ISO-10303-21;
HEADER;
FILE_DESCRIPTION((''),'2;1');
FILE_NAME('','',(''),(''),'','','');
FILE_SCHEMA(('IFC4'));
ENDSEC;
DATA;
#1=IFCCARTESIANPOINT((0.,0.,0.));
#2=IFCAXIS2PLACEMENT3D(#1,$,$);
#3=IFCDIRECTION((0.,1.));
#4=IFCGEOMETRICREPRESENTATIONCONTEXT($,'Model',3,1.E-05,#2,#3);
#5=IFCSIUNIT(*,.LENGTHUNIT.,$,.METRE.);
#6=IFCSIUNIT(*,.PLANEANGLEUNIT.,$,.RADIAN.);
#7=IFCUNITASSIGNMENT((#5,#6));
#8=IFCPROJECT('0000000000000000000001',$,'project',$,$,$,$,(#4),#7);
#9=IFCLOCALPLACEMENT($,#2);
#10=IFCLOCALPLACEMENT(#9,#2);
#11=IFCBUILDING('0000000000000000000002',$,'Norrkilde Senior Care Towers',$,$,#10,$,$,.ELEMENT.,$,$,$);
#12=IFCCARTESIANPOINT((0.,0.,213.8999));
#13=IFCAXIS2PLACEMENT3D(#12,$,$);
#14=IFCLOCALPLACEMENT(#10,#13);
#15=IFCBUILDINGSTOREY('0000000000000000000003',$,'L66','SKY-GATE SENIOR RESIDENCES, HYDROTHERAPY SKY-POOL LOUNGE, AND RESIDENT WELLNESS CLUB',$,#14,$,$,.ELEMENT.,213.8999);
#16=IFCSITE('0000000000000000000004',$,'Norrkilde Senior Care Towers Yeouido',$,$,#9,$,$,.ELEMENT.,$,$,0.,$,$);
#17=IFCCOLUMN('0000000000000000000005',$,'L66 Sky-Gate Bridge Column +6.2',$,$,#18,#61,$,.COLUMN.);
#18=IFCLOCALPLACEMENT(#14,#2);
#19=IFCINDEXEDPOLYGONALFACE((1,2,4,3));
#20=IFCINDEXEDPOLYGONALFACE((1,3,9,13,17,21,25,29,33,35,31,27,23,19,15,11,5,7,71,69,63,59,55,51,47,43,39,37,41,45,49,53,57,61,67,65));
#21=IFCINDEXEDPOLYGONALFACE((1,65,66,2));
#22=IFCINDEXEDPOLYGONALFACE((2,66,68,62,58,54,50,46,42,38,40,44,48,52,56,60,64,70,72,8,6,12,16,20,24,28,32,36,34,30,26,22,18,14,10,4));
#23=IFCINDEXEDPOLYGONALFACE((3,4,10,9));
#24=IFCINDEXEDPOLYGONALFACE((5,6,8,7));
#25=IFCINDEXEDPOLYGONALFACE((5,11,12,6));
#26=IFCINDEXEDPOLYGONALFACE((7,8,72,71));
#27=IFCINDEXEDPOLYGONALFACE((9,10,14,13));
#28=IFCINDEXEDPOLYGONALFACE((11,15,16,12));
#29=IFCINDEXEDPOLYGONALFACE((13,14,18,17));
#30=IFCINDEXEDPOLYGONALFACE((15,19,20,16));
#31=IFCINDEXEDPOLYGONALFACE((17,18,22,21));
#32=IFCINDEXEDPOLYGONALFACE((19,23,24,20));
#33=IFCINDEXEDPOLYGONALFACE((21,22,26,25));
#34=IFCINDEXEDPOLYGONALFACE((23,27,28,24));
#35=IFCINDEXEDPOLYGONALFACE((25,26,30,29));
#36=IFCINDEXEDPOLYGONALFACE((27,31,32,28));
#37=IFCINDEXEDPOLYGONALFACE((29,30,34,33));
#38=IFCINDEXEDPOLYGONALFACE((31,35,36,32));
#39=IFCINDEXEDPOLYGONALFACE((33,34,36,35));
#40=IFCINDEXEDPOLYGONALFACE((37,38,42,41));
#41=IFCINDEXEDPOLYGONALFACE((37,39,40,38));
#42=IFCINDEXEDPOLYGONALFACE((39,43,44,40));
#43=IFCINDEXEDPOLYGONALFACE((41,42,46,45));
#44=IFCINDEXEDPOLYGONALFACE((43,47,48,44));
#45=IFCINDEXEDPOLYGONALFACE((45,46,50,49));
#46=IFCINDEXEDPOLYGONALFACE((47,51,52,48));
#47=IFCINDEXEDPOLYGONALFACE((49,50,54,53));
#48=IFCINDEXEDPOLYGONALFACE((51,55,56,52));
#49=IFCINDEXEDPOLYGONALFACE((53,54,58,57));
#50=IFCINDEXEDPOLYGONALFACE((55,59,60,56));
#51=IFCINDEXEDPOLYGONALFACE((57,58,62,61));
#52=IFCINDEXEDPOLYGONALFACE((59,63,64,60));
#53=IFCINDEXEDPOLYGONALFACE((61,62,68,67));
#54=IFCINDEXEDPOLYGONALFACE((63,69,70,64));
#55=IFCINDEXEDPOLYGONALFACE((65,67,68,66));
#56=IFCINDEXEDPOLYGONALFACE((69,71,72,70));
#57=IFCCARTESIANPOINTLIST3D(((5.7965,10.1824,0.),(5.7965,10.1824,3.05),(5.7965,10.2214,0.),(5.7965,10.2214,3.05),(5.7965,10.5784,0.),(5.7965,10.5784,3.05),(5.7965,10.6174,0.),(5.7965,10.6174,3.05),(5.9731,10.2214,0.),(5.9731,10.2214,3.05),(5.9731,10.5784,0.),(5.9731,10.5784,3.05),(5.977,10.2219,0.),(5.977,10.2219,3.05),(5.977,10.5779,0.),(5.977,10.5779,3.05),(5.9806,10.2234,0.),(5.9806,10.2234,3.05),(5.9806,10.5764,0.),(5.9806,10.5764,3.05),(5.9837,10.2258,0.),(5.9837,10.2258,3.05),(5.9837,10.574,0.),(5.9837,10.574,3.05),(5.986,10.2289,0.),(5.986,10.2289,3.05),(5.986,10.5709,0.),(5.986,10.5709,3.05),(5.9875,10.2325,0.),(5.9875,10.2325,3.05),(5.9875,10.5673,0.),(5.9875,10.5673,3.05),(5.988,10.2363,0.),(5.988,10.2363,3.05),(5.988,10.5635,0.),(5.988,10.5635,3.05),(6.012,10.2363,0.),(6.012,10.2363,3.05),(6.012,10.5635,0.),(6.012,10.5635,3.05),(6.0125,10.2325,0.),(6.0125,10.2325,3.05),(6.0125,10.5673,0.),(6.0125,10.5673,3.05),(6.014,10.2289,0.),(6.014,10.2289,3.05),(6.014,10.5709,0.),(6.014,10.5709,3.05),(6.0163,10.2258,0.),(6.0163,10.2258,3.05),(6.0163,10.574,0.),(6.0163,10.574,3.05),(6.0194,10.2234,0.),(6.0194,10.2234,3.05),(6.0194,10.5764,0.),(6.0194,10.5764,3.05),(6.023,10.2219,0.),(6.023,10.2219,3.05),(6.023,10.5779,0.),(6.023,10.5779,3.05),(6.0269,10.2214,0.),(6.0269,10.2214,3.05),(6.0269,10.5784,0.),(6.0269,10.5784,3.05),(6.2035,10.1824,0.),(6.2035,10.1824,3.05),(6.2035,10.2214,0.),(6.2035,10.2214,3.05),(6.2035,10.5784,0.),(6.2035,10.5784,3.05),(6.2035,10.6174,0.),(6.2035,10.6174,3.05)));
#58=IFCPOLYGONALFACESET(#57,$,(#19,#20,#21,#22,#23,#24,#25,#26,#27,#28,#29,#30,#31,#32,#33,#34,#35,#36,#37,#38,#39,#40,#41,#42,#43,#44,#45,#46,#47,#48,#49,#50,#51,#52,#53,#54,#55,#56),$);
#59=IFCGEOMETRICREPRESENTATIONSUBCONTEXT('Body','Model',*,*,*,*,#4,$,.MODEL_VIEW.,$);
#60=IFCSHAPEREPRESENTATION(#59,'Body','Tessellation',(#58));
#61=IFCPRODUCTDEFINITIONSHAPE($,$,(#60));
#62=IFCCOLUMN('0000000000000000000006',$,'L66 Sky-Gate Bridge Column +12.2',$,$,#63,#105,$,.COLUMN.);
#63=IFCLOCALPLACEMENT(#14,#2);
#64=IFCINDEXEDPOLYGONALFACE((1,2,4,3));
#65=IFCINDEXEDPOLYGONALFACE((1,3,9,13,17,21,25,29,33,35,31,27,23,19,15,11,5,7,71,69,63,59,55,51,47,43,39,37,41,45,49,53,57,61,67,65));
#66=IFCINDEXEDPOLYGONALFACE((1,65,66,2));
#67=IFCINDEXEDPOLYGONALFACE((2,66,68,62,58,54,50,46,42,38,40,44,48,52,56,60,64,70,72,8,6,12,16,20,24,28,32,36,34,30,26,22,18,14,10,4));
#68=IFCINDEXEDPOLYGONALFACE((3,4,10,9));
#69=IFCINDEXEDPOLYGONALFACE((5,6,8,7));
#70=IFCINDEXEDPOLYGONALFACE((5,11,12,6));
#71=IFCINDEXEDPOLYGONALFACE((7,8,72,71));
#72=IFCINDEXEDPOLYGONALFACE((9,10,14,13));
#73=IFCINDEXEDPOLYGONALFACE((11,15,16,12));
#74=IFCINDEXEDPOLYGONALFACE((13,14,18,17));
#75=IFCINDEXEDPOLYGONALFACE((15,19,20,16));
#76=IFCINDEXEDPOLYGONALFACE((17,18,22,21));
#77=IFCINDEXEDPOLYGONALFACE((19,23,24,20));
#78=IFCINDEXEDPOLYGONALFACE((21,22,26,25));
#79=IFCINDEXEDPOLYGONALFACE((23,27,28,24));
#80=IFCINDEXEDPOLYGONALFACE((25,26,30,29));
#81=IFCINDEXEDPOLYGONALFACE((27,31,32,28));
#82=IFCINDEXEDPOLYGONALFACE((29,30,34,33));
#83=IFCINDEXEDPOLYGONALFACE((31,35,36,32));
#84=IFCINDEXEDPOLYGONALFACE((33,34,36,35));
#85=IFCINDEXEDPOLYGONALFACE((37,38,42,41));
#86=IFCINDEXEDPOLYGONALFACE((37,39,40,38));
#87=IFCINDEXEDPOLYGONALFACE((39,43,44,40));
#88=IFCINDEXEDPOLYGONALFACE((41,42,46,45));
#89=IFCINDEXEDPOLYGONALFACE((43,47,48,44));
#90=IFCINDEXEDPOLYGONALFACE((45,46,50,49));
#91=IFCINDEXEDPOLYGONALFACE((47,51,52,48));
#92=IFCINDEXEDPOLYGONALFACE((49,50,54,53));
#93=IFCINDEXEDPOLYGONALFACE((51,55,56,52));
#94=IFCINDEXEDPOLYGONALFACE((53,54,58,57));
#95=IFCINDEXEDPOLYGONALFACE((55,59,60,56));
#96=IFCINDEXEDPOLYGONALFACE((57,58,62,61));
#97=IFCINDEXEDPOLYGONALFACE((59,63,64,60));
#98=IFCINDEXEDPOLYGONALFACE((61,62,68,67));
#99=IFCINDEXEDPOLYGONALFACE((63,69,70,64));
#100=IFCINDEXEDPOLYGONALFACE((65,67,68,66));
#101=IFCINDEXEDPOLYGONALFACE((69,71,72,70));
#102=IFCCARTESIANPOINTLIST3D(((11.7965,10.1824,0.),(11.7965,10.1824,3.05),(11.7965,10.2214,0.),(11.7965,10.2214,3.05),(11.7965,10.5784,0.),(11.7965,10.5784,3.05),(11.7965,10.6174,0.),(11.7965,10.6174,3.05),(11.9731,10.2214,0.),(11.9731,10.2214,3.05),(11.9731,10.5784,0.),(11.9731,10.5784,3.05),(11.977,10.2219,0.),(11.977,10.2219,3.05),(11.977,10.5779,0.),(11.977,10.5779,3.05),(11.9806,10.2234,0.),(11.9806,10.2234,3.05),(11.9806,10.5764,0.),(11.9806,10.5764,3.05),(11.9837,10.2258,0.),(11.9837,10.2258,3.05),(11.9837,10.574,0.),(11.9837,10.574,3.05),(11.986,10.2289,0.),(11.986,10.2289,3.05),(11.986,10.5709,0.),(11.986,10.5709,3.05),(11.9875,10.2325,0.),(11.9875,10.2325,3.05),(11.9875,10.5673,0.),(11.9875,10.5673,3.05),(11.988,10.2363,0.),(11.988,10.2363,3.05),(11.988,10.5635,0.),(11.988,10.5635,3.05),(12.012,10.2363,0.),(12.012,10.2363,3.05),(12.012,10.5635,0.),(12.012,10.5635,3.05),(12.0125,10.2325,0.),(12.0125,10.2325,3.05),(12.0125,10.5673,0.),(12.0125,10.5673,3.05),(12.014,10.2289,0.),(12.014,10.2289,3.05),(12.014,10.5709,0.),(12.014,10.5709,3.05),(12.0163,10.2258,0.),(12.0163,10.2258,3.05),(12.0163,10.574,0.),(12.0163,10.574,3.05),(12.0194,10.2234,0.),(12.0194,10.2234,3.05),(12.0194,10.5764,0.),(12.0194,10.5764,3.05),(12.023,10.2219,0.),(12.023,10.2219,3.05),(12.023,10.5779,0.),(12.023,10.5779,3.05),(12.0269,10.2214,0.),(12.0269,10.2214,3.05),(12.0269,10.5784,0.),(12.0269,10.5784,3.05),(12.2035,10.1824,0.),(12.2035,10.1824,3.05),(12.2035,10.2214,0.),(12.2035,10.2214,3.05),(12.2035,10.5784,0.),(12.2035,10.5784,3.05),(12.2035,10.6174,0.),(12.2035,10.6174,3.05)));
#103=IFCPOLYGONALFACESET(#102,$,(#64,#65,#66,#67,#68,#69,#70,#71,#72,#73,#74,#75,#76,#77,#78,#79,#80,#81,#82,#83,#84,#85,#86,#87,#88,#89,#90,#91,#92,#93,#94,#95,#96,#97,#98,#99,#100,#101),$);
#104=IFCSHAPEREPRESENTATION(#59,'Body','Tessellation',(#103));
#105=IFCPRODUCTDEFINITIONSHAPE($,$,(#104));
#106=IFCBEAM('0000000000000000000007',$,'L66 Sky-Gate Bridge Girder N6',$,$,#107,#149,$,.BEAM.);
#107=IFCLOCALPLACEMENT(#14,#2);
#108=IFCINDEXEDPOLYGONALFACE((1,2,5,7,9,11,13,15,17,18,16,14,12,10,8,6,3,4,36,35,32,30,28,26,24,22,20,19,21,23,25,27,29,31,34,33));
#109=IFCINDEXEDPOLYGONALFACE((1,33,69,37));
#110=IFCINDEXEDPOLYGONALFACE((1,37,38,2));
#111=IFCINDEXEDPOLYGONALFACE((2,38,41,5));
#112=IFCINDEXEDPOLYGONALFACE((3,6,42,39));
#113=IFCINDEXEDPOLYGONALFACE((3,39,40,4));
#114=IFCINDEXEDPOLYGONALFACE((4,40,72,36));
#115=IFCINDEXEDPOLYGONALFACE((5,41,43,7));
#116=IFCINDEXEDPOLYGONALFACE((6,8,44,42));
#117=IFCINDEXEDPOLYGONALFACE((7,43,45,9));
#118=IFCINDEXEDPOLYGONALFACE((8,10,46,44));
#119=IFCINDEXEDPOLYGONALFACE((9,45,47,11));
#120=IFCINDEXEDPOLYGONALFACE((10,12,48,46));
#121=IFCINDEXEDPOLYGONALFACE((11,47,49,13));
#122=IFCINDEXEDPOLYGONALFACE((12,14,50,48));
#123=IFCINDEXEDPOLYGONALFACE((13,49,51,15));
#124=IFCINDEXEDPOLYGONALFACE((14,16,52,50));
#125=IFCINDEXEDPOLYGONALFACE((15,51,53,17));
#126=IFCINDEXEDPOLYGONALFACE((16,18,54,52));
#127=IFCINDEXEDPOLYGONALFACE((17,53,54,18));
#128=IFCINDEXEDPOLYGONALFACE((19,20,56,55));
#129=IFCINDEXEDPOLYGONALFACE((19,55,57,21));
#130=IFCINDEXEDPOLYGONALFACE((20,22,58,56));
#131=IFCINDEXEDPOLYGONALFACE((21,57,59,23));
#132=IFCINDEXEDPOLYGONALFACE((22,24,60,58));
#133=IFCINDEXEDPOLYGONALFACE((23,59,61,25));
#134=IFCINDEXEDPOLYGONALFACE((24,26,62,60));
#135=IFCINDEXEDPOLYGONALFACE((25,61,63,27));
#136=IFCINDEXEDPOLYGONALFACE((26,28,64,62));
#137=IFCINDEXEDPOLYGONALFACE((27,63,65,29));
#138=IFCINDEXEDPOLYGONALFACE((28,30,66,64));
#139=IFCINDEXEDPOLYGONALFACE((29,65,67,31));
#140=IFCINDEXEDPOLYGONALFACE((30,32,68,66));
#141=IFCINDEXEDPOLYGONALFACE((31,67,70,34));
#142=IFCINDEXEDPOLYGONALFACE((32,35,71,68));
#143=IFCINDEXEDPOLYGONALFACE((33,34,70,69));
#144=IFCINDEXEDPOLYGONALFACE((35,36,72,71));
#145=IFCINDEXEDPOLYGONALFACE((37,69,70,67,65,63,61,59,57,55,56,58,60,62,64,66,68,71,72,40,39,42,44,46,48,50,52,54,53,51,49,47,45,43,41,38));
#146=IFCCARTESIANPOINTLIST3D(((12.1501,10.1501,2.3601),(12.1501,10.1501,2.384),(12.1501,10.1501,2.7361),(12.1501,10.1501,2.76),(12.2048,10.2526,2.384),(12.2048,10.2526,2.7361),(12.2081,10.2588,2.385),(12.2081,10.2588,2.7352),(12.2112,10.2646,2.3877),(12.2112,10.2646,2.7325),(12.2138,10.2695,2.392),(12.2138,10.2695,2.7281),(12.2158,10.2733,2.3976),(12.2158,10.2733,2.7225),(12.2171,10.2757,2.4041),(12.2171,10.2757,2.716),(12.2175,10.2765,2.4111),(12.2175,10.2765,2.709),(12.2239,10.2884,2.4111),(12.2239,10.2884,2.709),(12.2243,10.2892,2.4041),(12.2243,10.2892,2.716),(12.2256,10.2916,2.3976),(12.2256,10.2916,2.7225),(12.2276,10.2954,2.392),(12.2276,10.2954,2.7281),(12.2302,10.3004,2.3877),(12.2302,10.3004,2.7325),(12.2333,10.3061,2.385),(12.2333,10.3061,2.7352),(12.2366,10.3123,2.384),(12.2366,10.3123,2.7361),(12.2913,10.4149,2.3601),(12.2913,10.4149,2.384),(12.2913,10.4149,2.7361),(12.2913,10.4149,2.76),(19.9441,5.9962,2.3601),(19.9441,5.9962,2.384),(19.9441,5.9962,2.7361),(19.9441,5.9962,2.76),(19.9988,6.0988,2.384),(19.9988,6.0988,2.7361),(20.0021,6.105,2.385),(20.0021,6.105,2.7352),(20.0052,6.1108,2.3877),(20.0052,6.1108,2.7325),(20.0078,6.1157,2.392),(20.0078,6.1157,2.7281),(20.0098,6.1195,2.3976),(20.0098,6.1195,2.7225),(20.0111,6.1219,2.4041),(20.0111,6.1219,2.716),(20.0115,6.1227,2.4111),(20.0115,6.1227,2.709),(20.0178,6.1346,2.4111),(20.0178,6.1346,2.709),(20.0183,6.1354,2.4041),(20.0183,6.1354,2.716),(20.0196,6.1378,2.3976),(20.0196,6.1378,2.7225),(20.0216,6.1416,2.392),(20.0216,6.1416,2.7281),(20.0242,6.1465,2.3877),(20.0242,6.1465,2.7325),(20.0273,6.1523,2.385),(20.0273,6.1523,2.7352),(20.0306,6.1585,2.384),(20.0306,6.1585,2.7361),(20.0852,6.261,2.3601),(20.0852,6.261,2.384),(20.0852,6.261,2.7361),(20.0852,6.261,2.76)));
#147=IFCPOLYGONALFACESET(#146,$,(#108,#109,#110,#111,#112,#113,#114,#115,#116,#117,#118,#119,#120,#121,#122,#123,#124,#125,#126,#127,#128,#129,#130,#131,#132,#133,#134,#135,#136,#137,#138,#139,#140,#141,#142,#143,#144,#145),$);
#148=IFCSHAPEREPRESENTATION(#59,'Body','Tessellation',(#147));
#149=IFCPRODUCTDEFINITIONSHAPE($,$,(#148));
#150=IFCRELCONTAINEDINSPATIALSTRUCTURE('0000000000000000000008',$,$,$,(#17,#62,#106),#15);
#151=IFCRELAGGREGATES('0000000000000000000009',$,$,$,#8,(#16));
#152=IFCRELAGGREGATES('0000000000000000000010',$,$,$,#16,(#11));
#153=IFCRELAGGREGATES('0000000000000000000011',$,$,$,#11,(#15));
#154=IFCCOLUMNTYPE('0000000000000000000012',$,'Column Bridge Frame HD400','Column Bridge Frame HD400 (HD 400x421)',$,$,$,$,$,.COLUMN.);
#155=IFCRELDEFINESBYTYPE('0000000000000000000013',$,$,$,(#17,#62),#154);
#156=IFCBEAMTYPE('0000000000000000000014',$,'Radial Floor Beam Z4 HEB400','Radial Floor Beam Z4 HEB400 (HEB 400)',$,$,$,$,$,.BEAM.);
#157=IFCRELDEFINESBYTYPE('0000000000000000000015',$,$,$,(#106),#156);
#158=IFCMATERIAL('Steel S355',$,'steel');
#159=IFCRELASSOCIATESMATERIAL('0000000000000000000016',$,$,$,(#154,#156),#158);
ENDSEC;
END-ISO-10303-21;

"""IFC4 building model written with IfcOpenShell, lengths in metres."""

from ifc_helpers import new_model, si_unit, direction, frame, origin, origin_2d, place, context, subcontext, project, spatial, i_section, extrude, source, transform, mapped, material, material_profile, profile_set, type_object, type_shapes, element, save


model = new_model("IFC4")

# Units and contexts
model_context = context("Model", 3, precision=1e-05, world=origin(), true_north=direction((0.0, 1.0)))
body_context = subcontext(model_context, "Body", "Model", "MODEL_VIEW")
ifc_project = project(units=[si_unit("LENGTHUNIT", "METRE"), si_unit("PLANEANGLEUNIT", "RADIAN")], contexts=[model_context])

# Site, building, storey
site_placement = place(None, origin())
site = spatial("IfcSite", under=ifc_project, at=site_placement, Name="Norrkilde Senior Care Towers Yeouido", CompositionType="ELEMENT", RefElevation=0.0)
building_placement = place(site_placement, origin())
building = spatial("IfcBuilding", under=site, at=building_placement, Name="Norrkilde Senior Care Towers", CompositionType="ELEMENT")
storey_placement = place(building_placement, frame((0.0, 0.0, 213.8999)))
storey = spatial("IfcBuildingStorey", under=building, at=storey_placement, Name="L66", Description="SKY-GATE SENIOR RESIDENCES, HYDROTHERAPY SKY-POOL LOUNGE, AND RESIDENT WELLNESS CLUB", CompositionType="ELEMENT", Elevation=213.8999)

# Columns
ifc_material_1 = material(Name="Steel S355", Category="steel")
ifc_material_profile_1 = material_profile(ifc_material_1, i_section(OverallWidth=0.407, OverallDepth=0.4351, WebThickness=0.0239, FlangeThickness=0.0391, FilletRadius=0.0149, at=origin_2d()), Name="HD 400x421")
ifc_profile_set_1 = profile_set([ifc_material_profile_1], Name="Steel S355")
column_type = type_object("IfcColumnType", Name="Column Bridge Frame HD400", Description="Column Bridge Frame HD400 (HD 400x421)", PredefinedType="COLUMN", material=ifc_profile_set_1)
shared_shape_1 = source(origin(), body_context, "Body", "SweptSolid", [
    extrude(i_section(OverallWidth=0.407, OverallDepth=0.4351, WebThickness=0.0239, FlangeThickness=0.0391, FilletRadius=0.0149, at=origin_2d()), origin(), (0.0, 0.0, 1.0), 3.05),
])
type_shapes(column_type, [shared_shape_1])
for number, where, z_axis, x_axis, name in (
    (1, (6.0, 10.3999, 0.0), (0.0, 0.0, 1.0), (1.0, 0.0, 0.0), "L66 Sky-Gate Bridge Column +6.2"),
    (2, (12.0, 10.3999, 0.0), (0.0, 0.0, 1.0), (1.0, 0.0, 0.0), "L66 Sky-Gate Bridge Column +12.2"),
):
    element("IfcColumn", number, at=place(storey_placement, frame(where, z_axis=z_axis, x_axis=x_axis)), inside=storey, type_object=column_type, Name=name, PredefinedType="COLUMN", context=body_context, shape_type="MappedRepresentation", body=[
        mapped(shared_shape_1, transform((0.0, 0.0, 0.0), x_axis=(1.0, 0.0, 0.0), y_axis=(0.0, 1.0, 0.0), z_axis=(0.0, 0.0, 1.0), scale=1.0)),
    ])

# Beam
ifc_material_profile_2 = material_profile(ifc_material_1, i_section(OverallWidth=0.3, OverallDepth=0.3999, WebThickness=0.0134, FlangeThickness=0.0239, FilletRadius=0.0271, at=origin_2d()), Name="HEB 400")
ifc_profile_set_2 = profile_set([ifc_material_profile_2], Name="Steel S355")
beam_type_1 = type_object("IfcBeamType", Name="Radial Floor Beam Z4 HEB400", Description="Radial Floor Beam Z4 HEB400 (HEB 400)", PredefinedType="BEAM", material=ifc_profile_set_2)
shared_shape_2 = source(origin(), body_context, "Body", "SweptSolid", [
    extrude(i_section(OverallWidth=0.3, OverallDepth=0.3999, WebThickness=0.0134, FlangeThickness=0.0239, FilletRadius=0.0271, at=origin_2d()), origin(), (0.0, 0.0, 1.0), 8.8318),
])
type_shapes(beam_type_1, [shared_shape_2])
beam_placement = place(storey_placement, frame((12.2207, 10.2825, 2.5601), z_axis=(0.882492, -0.470327, 0.0), x_axis=(0.470327, 0.882492, 0.0)))
element("IfcBeam", 3, at=beam_placement, inside=storey, type_object=beam_type_1, Name="L66 Sky-Gate Bridge Girder N6", PredefinedType="BEAM", context=body_context, shape_type="MappedRepresentation", body=[
    mapped(shared_shape_2, transform((0.0, 0.0, 0.0), x_axis=(1.0, 0.0, 0.0), y_axis=(0.0, 1.0, 0.0), z_axis=(0.0, 0.0, 1.0), scale=1.0)),
])

save(model, "model.ifc")
